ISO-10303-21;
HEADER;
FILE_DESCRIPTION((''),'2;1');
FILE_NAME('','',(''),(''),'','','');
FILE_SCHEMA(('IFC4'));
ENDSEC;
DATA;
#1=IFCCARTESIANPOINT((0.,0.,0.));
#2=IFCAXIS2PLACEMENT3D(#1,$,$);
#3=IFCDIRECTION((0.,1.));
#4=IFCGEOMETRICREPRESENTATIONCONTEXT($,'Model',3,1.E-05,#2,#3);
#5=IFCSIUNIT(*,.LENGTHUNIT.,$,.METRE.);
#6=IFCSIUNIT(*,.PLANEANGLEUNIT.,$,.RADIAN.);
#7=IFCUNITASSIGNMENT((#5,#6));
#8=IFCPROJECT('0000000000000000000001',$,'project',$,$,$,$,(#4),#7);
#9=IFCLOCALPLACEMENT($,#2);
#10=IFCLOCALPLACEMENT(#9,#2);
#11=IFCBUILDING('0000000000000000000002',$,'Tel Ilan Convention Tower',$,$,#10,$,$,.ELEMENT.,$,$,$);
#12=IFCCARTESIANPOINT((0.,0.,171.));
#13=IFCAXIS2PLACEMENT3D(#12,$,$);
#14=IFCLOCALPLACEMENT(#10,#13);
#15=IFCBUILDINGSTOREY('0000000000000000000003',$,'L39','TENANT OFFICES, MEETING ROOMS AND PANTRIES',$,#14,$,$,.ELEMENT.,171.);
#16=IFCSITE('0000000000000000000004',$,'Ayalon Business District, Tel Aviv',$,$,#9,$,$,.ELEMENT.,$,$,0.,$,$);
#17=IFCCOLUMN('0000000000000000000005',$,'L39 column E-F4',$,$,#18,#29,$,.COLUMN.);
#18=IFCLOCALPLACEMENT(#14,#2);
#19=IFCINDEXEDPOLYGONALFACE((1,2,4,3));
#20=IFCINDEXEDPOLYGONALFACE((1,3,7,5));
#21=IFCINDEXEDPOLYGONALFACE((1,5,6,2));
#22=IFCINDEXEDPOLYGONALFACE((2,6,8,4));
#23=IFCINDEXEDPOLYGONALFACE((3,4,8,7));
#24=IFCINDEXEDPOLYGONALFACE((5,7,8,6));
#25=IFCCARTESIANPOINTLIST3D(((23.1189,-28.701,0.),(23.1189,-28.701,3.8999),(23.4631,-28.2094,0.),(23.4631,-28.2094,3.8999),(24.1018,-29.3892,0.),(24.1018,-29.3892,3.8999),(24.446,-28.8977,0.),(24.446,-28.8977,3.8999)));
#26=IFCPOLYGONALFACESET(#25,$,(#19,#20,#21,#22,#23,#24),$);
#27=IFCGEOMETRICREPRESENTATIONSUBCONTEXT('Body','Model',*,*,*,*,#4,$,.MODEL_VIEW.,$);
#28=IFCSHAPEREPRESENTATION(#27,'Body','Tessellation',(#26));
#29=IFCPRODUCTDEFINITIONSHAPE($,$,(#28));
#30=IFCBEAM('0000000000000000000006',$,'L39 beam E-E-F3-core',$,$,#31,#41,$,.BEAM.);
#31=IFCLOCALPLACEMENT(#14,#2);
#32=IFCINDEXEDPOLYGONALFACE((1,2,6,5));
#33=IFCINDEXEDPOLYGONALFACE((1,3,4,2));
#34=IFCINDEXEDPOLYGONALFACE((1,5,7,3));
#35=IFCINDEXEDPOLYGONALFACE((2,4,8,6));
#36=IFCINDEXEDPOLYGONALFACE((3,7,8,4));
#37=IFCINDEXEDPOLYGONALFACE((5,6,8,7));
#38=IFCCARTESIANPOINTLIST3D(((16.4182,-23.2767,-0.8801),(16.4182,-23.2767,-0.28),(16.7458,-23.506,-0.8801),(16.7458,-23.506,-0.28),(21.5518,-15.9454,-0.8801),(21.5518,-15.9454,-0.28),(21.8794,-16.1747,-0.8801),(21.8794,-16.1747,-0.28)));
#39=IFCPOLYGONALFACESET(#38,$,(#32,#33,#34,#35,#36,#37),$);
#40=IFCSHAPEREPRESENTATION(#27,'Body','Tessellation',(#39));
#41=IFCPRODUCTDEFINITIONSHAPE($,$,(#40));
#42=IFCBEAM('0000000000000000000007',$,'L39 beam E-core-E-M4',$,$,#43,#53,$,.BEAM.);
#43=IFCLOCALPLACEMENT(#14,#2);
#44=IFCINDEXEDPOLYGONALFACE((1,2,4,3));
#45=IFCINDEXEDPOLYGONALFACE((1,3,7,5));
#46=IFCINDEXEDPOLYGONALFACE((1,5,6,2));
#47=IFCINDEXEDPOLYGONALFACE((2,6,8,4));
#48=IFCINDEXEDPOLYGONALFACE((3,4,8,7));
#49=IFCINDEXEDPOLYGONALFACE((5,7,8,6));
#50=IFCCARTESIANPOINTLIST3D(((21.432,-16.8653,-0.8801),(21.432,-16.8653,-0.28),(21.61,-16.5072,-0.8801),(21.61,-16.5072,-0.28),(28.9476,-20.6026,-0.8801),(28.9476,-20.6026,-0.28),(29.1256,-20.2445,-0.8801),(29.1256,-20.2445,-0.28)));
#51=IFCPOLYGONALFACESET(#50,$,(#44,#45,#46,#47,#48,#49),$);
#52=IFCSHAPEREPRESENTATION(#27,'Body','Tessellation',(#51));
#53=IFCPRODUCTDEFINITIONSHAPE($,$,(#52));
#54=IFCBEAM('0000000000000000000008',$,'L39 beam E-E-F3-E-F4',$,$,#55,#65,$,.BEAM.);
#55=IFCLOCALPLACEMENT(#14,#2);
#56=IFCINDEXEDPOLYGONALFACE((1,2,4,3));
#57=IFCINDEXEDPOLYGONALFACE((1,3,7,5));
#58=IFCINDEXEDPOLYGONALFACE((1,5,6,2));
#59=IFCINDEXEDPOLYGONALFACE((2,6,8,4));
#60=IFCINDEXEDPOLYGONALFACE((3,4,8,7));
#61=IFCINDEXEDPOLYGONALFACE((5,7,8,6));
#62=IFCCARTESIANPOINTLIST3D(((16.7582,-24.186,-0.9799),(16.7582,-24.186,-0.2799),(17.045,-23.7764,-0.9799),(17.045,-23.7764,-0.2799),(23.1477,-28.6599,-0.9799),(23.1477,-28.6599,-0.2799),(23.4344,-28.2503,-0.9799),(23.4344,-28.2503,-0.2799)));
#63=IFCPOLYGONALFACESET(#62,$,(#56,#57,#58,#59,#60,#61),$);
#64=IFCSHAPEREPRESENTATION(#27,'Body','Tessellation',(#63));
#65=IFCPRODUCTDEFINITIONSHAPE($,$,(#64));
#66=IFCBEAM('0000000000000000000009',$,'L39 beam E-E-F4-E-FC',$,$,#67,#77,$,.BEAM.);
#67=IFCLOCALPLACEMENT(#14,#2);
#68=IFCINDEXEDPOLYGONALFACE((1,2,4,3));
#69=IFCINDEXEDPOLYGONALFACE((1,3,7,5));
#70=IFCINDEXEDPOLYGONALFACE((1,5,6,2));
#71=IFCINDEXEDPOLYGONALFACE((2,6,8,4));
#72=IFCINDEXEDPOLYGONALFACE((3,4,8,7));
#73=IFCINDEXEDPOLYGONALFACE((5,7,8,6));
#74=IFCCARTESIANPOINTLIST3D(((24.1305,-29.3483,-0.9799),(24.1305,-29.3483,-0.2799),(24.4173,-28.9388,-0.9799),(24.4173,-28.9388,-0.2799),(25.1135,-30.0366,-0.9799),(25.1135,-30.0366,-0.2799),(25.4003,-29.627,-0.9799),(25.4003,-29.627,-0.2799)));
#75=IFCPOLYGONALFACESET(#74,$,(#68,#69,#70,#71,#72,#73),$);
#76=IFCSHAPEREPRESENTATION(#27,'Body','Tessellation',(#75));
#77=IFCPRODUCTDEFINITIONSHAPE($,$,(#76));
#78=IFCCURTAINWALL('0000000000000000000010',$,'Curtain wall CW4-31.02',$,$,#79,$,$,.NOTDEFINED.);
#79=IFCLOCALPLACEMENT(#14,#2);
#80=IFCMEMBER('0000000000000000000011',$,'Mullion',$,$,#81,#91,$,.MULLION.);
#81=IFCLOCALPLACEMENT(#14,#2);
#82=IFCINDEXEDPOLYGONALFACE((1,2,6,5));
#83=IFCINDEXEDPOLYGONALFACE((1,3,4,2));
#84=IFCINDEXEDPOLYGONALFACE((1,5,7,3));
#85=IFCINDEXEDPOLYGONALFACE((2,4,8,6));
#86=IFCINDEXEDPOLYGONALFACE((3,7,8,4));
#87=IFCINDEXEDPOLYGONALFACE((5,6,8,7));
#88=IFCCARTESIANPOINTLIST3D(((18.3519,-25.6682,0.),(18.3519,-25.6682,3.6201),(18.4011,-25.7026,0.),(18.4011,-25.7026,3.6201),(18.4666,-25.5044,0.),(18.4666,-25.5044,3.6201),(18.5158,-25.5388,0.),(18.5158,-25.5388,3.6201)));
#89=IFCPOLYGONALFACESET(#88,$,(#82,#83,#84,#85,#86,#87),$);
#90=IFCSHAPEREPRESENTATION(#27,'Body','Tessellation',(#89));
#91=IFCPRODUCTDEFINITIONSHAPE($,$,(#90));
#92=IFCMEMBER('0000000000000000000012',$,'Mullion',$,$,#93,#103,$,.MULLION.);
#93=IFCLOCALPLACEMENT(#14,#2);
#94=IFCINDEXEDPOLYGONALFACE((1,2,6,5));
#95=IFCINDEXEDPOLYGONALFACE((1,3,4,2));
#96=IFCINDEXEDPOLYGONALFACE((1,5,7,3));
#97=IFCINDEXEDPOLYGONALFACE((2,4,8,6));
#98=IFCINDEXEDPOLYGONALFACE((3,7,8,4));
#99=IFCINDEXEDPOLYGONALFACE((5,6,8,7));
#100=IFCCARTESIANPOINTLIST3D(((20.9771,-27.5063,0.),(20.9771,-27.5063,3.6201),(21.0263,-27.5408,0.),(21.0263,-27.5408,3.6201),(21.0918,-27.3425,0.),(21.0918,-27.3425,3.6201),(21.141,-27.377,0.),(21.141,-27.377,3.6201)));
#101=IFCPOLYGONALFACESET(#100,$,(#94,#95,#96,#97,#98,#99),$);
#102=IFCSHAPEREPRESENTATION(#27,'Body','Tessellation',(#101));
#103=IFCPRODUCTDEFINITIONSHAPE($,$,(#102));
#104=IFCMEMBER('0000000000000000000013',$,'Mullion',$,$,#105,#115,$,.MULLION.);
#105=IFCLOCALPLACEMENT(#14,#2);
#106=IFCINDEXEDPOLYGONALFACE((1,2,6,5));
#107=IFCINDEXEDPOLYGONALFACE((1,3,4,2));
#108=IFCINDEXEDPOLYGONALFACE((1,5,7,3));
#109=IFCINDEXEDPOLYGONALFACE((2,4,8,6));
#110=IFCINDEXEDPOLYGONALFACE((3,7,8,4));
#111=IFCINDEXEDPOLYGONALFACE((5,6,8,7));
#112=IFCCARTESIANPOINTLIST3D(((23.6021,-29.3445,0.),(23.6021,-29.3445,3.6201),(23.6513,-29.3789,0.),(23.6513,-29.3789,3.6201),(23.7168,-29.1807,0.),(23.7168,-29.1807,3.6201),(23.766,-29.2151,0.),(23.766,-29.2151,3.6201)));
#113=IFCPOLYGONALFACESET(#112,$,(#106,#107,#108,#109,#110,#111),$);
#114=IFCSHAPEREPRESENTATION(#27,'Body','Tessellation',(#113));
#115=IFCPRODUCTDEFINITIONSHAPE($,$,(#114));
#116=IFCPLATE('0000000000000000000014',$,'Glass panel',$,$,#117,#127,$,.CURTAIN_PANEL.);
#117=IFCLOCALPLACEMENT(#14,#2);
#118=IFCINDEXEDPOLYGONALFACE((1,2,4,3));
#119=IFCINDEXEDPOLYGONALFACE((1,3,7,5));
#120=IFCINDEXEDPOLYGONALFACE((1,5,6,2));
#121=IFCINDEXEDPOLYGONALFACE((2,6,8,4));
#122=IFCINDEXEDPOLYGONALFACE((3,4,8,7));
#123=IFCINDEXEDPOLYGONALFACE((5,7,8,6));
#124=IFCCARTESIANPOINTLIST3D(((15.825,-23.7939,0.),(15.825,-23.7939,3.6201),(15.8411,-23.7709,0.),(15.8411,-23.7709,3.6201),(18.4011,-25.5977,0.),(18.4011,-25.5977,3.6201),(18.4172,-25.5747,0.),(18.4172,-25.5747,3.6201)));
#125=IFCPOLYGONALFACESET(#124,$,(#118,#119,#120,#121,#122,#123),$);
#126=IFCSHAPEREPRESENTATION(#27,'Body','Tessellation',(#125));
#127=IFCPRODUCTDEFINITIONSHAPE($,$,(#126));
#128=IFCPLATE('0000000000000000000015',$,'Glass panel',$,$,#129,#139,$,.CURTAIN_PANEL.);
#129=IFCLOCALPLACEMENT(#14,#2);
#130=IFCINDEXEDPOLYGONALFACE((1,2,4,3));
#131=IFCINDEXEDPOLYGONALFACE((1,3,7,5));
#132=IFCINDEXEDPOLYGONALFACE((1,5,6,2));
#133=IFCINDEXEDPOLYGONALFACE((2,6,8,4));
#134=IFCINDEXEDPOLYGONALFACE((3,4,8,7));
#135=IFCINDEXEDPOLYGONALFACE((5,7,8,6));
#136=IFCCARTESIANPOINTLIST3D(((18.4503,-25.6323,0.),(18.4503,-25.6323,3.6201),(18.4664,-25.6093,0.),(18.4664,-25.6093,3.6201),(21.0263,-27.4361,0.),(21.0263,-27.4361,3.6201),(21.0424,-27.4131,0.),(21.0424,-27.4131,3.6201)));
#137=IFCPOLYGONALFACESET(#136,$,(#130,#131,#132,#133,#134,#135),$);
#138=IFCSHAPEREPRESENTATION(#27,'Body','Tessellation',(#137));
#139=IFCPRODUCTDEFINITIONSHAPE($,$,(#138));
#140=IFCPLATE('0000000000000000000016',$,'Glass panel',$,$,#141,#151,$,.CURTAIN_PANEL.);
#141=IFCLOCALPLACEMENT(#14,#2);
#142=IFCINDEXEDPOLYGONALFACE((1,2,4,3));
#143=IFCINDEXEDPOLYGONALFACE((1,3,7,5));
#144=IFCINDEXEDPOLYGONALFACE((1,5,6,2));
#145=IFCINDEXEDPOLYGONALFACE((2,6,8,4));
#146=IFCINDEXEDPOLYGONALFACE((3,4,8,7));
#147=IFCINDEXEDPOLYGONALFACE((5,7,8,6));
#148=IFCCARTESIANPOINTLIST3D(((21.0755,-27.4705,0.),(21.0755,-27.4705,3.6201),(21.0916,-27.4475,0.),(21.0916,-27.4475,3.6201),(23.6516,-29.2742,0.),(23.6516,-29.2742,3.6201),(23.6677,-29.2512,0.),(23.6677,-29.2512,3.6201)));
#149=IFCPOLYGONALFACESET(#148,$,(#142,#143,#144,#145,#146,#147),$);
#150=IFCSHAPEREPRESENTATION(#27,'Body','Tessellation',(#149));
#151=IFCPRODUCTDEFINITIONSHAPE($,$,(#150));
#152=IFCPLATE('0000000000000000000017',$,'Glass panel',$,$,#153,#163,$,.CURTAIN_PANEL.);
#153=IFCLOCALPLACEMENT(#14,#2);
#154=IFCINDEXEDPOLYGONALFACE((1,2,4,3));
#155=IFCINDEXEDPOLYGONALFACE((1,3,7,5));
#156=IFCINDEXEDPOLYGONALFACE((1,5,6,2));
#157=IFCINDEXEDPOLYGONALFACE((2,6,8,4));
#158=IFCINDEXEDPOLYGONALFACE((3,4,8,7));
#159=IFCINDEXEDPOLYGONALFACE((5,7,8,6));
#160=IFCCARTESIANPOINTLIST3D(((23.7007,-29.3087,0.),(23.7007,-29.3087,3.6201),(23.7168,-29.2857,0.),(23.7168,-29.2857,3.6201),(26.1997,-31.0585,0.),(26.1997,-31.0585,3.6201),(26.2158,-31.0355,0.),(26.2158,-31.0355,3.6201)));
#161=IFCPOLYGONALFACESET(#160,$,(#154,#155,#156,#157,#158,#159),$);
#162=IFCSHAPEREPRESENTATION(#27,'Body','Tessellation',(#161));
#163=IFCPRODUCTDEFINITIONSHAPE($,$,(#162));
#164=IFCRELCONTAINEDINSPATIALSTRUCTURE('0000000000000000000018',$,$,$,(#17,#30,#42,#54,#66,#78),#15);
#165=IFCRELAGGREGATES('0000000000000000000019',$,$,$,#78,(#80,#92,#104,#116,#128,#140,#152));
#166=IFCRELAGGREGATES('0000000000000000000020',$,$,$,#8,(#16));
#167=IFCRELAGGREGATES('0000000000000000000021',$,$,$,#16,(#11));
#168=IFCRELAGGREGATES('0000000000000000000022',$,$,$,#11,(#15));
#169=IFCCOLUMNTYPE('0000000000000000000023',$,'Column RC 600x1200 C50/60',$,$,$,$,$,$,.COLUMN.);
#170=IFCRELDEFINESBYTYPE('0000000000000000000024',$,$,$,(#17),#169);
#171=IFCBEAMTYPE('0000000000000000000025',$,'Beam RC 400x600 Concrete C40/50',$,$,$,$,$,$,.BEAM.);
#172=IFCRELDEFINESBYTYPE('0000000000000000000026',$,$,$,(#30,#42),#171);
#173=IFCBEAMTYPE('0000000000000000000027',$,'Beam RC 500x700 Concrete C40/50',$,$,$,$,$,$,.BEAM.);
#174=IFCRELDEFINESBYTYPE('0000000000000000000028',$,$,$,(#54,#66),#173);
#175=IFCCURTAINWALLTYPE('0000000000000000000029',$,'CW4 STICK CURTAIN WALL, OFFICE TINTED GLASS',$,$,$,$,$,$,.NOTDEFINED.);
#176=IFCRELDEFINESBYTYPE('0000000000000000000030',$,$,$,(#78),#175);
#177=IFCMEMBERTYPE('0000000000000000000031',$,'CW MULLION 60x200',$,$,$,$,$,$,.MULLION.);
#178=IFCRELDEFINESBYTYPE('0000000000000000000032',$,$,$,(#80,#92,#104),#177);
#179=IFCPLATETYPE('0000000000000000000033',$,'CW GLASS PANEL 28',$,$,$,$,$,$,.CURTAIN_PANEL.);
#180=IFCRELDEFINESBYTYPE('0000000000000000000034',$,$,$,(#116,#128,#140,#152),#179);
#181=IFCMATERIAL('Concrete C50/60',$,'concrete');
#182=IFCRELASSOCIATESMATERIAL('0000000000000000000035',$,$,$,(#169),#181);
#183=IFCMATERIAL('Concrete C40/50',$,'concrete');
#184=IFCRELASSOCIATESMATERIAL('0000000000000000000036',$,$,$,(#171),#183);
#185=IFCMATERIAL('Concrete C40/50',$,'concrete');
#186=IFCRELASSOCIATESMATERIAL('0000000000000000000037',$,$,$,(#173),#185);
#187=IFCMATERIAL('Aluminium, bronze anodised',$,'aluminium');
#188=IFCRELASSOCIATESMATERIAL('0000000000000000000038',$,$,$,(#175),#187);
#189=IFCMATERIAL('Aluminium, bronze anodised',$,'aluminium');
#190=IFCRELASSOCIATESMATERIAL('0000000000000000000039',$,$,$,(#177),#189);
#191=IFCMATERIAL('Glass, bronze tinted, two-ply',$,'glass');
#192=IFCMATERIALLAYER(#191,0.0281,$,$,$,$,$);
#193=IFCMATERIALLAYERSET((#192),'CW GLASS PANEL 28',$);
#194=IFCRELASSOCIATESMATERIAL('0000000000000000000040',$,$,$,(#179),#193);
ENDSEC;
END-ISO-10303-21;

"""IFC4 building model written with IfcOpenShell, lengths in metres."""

from ifc_helpers import new_model, si_unit, direction, frame, origin, origin_2d, place, context, subcontext, project, spatial, rectangle, extrude, material, layer, layer_set, material_profile, profile_set, type_object, element, aggregate, save


model = new_model("IFC4")

# Units and contexts
model_context = context("Model", 3, precision=1e-05, world=origin(), true_north=direction((0.0, 1.0)))
body_context = subcontext(model_context, "Body", "Model", "MODEL_VIEW")
ifc_project = project(units=[si_unit("LENGTHUNIT", "METRE"), si_unit("PLANEANGLEUNIT", "RADIAN")], contexts=[model_context])

# Site, building, storey
site_placement = place(None, origin())
site = spatial("IfcSite", under=ifc_project, at=site_placement, Name="Ayalon Business District, Tel Aviv", CompositionType="ELEMENT", RefElevation=0.0)
building_placement = place(site_placement, origin())
building = spatial("IfcBuilding", under=site, at=building_placement, Name="Tel Ilan Convention Tower", CompositionType="ELEMENT")
storey_placement = place(building_placement, frame((0.0, 0.0, 171.0)))
storey = spatial("IfcBuildingStorey", under=building, at=storey_placement, Name="L39", Description="TENANT OFFICES, MEETING ROOMS AND PANTRIES", CompositionType="ELEMENT", Elevation=171.0)

# Column
ifc_material_1 = material(Name="Concrete C50/60", Category="concrete")
ifc_material_profile_1 = material_profile(ifc_material_1, rectangle(XDim=1.2, YDim=0.6001, at=origin_2d()), Name="RC 600x1200")
ifc_profile_set_1 = profile_set([ifc_material_profile_1], Name="Concrete C50/60")
column_type = type_object("IfcColumnType", Name="Column RC 600x1200 C50/60", PredefinedType="COLUMN", material=ifc_profile_set_1)
column_placement = place(storey_placement, frame((23.7825, -28.7993, 0.0), z_axis=(0.0, 0.0, 1.0), x_axis=(0.819152, -0.573576, 0.0)))
element("IfcColumn", 1, at=column_placement, inside=storey, type_object=column_type, Name="L39 column E-F4", PredefinedType="COLUMN", context=body_context, shape_type="SweptSolid", body=[
    extrude(rectangle(XDim=1.2, YDim=0.6001, at=origin_2d()), origin(), (0.0, 0.0, 1.0), 3.8999),
])

# Beams
ifc_material_2 = material(Name="Concrete C40/50", Category="concrete")
ifc_material_profile_2 = material_profile(ifc_material_2, rectangle(XDim=0.3999, YDim=0.6001, at=origin_2d()), Name="RC 400x600")
ifc_profile_set_2 = profile_set([ifc_material_profile_2], Name="Concrete C40/50")
beam_type_1 = type_object("IfcBeamType", Name="Beam RC 400x600 Concrete C40/50", PredefinedType="BEAM", material=ifc_profile_set_2)
beam_1_placement = place(storey_placement, frame((16.582, -23.3914, -0.5801), z_axis=(0.573585, 0.819146, 0.0), x_axis=(-0.819146, 0.573585, 0.0)))
element("IfcBeam", 2, at=beam_1_placement, inside=storey, type_object=beam_type_1, Name="L39 beam E-E-F3-core", PredefinedType="BEAM", context=body_context, shape_type="SweptSolid", body=[
    extrude(rectangle(XDim=0.3999, YDim=0.6001, at=origin_2d()), origin(), (0.0, 0.0, 1.0), 8.95),
])
beam_2_placement = place(storey_placement, frame((21.521, -16.6863, -0.5801), z_axis=(0.895402, -0.445258, 0.0), x_axis=(0.445258, 0.895402, 0.0)))
element("IfcBeam", 3, at=beam_2_placement, inside=storey, type_object=beam_type_1, Name="L39 beam E-core-E-M4", PredefinedType="BEAM", context=body_context, shape_type="SweptSolid", body=[
    extrude(rectangle(XDim=0.3999, YDim=0.6001, at=origin_2d()), origin(), (0.0, 0.0, 1.0), 8.3936),
])
ifc_material_3 = material(Name="Concrete C40/50", Category="concrete")
ifc_material_profile_3 = material_profile(ifc_material_3, rectangle(XDim=0.5, YDim=0.7, at=origin_2d()), Name="RC 500x700")
ifc_profile_set_3 = profile_set([ifc_material_profile_3], Name="Concrete C40/50")
beam_type_2 = type_object("IfcBeamType", Name="Beam RC 500x700 Concrete C40/50", PredefinedType="BEAM", material=ifc_profile_set_3)
beam_3_placement = place(storey_placement, frame((16.9016, -23.9812, -0.6299), z_axis=(0.819154, -0.573574, 0.0), x_axis=(0.573574, 0.819154, 0.0)))
element("IfcBeam", 4, at=beam_3_placement, inside=storey, type_object=beam_type_2, Name="L39 beam E-E-F3-E-F4", PredefinedType="BEAM", context=body_context, shape_type="SweptSolid", body=[
    extrude(rectangle(XDim=0.5, YDim=0.7, at=origin_2d()), origin(), (0.0, 0.0, 1.0), 7.8),
])
beam_4_placement = place(storey_placement, frame((24.2739, -29.1436, -0.6299), z_axis=(0.819155, -0.573572, 0.0), x_axis=(0.573572, 0.819155, 0.0)))
element("IfcBeam", 5, at=beam_4_placement, inside=storey, type_object=beam_type_2, Name="L39 beam E-E-F4-E-FC", PredefinedType="BEAM", context=body_context, shape_type="SweptSolid", body=[
    extrude(rectangle(XDim=0.5, YDim=0.7, at=origin_2d()), origin(), (0.0, 0.0, 1.0), 1.2),
])

# Curtain wall, members, plates
ifc_material_4 = material(Name="Aluminium, bronze anodised", Category="aluminium")
curtain_wall_type = type_object("IfcCurtainWallType", Name="CW4 STICK CURTAIN WALL, OFFICE TINTED GLASS", PredefinedType="NOTDEFINED", material=ifc_material_4)
curtain_wall_placement = place(storey_placement, origin())
curtain_wall = element("IfcCurtainWall", 6, at=curtain_wall_placement, inside=storey, type_object=curtain_wall_type, Name="Curtain wall CW4-31.02", PredefinedType="NOTDEFINED")
ifc_material_5 = material(Name="Aluminium, bronze anodised", Category="aluminium")
ifc_material_profile_4 = material_profile(ifc_material_5, rectangle(XDim=0.0601, YDim=0.2, at=origin_2d()), Name="CW MULLION 60x200")
ifc_profile_set_4 = profile_set([ifc_material_profile_4], Name="Aluminium, bronze anodised")
member_type = type_object("IfcMemberType", Name="CW MULLION 60x200", PredefinedType="MULLION", material=ifc_profile_set_4)
member_1_placement = place(storey_placement, frame((18.4338, -25.6035, 0.0), z_axis=(0.0, 0.0, 1.0), x_axis=(0.819152, -0.573576, 0.0)))
member_1 = element("IfcMember", 7, at=member_1_placement, type_object=member_type, Name="Mullion", PredefinedType="MULLION", context=body_context, shape_type="SweptSolid", body=[
    extrude(rectangle(XDim=0.0601, YDim=0.2, at=origin_2d()), origin(), (0.0, 0.0, 1.0), 3.6201),
])
member_2_placement = place(storey_placement, frame((21.0591, -27.4417, 0.0), z_axis=(0.0, 0.0, 1.0), x_axis=(0.819152, -0.573576, 0.0)))
member_2 = element("IfcMember", 8, at=member_2_placement, type_object=member_type, Name="Mullion", PredefinedType="MULLION", context=body_context, shape_type="SweptSolid", body=[
    extrude(rectangle(XDim=0.0601, YDim=0.2, at=origin_2d()), origin(), (0.0, 0.0, 1.0), 3.6201),
])
member_3_placement = place(storey_placement, frame((23.6841, -29.2798, 0.0), z_axis=(0.0, 0.0, 1.0), x_axis=(0.819152, -0.573576, 0.0)))
member_3 = element("IfcMember", 9, at=member_3_placement, type_object=member_type, Name="Mullion", PredefinedType="MULLION", context=body_context, shape_type="SweptSolid", body=[
    extrude(rectangle(XDim=0.0601, YDim=0.2, at=origin_2d()), origin(), (0.0, 0.0, 1.0), 3.6201),
])
ifc_material_6 = material(Name="Glass, bronze tinted, two-ply", Category="glass")
ifc_layer_1 = layer(ifc_material_6, 0.0281)
ifc_layer_set_1 = layer_set([ifc_layer_1], Name="CW GLASS PANEL 28")
plate_type = type_object("IfcPlateType", Name="CW GLASS PANEL 28", PredefinedType="CURTAIN_PANEL", material=ifc_layer_set_1)
plate_1_placement = place(storey_placement, frame((17.1211, -24.6843, 0.0), z_axis=(0.0, 0.0, 1.0), x_axis=(0.819152, -0.573576, 0.0)))
plate_1 = element("IfcPlate", 10, at=plate_1_placement, type_object=plate_type, Name="Glass panel", PredefinedType="CURTAIN_PANEL", context=body_context, shape_type="SweptSolid", body=[
    extrude(rectangle(XDim=3.1448, YDim=0.0281, at=origin_2d()), origin(), (0.0, 0.0, 1.0), 3.6201),
])
plate_2_placement = place(storey_placement, frame((19.7463, -26.5227, 0.0), z_axis=(0.0, 0.0, 1.0), x_axis=(0.819152, -0.573576, 0.0)))
plate_2 = element("IfcPlate", 11, at=plate_2_placement, type_object=plate_type, Name="Glass panel", PredefinedType="CURTAIN_PANEL", context=body_context, shape_type="SweptSolid", body=[
    extrude(rectangle(XDim=3.1448, YDim=0.0281, at=origin_2d()), origin(), (0.0, 0.0, 1.0), 3.6201),
])
plate_3_placement = place(storey_placement, frame((22.3716, -28.3608, 0.0), z_axis=(0.0, 0.0, 1.0), x_axis=(0.819152, -0.573576, 0.0)))
plate_3 = element("IfcPlate", 12, at=plate_3_placement, type_object=plate_type, Name="Glass panel", PredefinedType="CURTAIN_PANEL", context=body_context, shape_type="SweptSolid", body=[
    extrude(rectangle(XDim=3.1448, YDim=0.0281, at=origin_2d()), origin(), (0.0, 0.0, 1.0), 3.6201),
])
plate_4_placement = place(storey_placement, frame((24.9583, -30.1721, 0.0), z_axis=(0.0, 0.0, 1.0), x_axis=(0.819152, -0.573576, 0.0)))
plate_4 = element("IfcPlate", 13, at=plate_4_placement, type_object=plate_type, Name="Glass panel", PredefinedType="CURTAIN_PANEL", context=body_context, shape_type="SweptSolid", body=[
    extrude(rectangle(XDim=3.0508, YDim=0.0281, at=origin_2d()), origin(), (0.0, 0.0, 1.0), 3.6201),
])
aggregate(curtain_wall, [member_1, member_2, member_3, plate_1, plate_2, plate_3, plate_4])

save(model, "model.ifc")
